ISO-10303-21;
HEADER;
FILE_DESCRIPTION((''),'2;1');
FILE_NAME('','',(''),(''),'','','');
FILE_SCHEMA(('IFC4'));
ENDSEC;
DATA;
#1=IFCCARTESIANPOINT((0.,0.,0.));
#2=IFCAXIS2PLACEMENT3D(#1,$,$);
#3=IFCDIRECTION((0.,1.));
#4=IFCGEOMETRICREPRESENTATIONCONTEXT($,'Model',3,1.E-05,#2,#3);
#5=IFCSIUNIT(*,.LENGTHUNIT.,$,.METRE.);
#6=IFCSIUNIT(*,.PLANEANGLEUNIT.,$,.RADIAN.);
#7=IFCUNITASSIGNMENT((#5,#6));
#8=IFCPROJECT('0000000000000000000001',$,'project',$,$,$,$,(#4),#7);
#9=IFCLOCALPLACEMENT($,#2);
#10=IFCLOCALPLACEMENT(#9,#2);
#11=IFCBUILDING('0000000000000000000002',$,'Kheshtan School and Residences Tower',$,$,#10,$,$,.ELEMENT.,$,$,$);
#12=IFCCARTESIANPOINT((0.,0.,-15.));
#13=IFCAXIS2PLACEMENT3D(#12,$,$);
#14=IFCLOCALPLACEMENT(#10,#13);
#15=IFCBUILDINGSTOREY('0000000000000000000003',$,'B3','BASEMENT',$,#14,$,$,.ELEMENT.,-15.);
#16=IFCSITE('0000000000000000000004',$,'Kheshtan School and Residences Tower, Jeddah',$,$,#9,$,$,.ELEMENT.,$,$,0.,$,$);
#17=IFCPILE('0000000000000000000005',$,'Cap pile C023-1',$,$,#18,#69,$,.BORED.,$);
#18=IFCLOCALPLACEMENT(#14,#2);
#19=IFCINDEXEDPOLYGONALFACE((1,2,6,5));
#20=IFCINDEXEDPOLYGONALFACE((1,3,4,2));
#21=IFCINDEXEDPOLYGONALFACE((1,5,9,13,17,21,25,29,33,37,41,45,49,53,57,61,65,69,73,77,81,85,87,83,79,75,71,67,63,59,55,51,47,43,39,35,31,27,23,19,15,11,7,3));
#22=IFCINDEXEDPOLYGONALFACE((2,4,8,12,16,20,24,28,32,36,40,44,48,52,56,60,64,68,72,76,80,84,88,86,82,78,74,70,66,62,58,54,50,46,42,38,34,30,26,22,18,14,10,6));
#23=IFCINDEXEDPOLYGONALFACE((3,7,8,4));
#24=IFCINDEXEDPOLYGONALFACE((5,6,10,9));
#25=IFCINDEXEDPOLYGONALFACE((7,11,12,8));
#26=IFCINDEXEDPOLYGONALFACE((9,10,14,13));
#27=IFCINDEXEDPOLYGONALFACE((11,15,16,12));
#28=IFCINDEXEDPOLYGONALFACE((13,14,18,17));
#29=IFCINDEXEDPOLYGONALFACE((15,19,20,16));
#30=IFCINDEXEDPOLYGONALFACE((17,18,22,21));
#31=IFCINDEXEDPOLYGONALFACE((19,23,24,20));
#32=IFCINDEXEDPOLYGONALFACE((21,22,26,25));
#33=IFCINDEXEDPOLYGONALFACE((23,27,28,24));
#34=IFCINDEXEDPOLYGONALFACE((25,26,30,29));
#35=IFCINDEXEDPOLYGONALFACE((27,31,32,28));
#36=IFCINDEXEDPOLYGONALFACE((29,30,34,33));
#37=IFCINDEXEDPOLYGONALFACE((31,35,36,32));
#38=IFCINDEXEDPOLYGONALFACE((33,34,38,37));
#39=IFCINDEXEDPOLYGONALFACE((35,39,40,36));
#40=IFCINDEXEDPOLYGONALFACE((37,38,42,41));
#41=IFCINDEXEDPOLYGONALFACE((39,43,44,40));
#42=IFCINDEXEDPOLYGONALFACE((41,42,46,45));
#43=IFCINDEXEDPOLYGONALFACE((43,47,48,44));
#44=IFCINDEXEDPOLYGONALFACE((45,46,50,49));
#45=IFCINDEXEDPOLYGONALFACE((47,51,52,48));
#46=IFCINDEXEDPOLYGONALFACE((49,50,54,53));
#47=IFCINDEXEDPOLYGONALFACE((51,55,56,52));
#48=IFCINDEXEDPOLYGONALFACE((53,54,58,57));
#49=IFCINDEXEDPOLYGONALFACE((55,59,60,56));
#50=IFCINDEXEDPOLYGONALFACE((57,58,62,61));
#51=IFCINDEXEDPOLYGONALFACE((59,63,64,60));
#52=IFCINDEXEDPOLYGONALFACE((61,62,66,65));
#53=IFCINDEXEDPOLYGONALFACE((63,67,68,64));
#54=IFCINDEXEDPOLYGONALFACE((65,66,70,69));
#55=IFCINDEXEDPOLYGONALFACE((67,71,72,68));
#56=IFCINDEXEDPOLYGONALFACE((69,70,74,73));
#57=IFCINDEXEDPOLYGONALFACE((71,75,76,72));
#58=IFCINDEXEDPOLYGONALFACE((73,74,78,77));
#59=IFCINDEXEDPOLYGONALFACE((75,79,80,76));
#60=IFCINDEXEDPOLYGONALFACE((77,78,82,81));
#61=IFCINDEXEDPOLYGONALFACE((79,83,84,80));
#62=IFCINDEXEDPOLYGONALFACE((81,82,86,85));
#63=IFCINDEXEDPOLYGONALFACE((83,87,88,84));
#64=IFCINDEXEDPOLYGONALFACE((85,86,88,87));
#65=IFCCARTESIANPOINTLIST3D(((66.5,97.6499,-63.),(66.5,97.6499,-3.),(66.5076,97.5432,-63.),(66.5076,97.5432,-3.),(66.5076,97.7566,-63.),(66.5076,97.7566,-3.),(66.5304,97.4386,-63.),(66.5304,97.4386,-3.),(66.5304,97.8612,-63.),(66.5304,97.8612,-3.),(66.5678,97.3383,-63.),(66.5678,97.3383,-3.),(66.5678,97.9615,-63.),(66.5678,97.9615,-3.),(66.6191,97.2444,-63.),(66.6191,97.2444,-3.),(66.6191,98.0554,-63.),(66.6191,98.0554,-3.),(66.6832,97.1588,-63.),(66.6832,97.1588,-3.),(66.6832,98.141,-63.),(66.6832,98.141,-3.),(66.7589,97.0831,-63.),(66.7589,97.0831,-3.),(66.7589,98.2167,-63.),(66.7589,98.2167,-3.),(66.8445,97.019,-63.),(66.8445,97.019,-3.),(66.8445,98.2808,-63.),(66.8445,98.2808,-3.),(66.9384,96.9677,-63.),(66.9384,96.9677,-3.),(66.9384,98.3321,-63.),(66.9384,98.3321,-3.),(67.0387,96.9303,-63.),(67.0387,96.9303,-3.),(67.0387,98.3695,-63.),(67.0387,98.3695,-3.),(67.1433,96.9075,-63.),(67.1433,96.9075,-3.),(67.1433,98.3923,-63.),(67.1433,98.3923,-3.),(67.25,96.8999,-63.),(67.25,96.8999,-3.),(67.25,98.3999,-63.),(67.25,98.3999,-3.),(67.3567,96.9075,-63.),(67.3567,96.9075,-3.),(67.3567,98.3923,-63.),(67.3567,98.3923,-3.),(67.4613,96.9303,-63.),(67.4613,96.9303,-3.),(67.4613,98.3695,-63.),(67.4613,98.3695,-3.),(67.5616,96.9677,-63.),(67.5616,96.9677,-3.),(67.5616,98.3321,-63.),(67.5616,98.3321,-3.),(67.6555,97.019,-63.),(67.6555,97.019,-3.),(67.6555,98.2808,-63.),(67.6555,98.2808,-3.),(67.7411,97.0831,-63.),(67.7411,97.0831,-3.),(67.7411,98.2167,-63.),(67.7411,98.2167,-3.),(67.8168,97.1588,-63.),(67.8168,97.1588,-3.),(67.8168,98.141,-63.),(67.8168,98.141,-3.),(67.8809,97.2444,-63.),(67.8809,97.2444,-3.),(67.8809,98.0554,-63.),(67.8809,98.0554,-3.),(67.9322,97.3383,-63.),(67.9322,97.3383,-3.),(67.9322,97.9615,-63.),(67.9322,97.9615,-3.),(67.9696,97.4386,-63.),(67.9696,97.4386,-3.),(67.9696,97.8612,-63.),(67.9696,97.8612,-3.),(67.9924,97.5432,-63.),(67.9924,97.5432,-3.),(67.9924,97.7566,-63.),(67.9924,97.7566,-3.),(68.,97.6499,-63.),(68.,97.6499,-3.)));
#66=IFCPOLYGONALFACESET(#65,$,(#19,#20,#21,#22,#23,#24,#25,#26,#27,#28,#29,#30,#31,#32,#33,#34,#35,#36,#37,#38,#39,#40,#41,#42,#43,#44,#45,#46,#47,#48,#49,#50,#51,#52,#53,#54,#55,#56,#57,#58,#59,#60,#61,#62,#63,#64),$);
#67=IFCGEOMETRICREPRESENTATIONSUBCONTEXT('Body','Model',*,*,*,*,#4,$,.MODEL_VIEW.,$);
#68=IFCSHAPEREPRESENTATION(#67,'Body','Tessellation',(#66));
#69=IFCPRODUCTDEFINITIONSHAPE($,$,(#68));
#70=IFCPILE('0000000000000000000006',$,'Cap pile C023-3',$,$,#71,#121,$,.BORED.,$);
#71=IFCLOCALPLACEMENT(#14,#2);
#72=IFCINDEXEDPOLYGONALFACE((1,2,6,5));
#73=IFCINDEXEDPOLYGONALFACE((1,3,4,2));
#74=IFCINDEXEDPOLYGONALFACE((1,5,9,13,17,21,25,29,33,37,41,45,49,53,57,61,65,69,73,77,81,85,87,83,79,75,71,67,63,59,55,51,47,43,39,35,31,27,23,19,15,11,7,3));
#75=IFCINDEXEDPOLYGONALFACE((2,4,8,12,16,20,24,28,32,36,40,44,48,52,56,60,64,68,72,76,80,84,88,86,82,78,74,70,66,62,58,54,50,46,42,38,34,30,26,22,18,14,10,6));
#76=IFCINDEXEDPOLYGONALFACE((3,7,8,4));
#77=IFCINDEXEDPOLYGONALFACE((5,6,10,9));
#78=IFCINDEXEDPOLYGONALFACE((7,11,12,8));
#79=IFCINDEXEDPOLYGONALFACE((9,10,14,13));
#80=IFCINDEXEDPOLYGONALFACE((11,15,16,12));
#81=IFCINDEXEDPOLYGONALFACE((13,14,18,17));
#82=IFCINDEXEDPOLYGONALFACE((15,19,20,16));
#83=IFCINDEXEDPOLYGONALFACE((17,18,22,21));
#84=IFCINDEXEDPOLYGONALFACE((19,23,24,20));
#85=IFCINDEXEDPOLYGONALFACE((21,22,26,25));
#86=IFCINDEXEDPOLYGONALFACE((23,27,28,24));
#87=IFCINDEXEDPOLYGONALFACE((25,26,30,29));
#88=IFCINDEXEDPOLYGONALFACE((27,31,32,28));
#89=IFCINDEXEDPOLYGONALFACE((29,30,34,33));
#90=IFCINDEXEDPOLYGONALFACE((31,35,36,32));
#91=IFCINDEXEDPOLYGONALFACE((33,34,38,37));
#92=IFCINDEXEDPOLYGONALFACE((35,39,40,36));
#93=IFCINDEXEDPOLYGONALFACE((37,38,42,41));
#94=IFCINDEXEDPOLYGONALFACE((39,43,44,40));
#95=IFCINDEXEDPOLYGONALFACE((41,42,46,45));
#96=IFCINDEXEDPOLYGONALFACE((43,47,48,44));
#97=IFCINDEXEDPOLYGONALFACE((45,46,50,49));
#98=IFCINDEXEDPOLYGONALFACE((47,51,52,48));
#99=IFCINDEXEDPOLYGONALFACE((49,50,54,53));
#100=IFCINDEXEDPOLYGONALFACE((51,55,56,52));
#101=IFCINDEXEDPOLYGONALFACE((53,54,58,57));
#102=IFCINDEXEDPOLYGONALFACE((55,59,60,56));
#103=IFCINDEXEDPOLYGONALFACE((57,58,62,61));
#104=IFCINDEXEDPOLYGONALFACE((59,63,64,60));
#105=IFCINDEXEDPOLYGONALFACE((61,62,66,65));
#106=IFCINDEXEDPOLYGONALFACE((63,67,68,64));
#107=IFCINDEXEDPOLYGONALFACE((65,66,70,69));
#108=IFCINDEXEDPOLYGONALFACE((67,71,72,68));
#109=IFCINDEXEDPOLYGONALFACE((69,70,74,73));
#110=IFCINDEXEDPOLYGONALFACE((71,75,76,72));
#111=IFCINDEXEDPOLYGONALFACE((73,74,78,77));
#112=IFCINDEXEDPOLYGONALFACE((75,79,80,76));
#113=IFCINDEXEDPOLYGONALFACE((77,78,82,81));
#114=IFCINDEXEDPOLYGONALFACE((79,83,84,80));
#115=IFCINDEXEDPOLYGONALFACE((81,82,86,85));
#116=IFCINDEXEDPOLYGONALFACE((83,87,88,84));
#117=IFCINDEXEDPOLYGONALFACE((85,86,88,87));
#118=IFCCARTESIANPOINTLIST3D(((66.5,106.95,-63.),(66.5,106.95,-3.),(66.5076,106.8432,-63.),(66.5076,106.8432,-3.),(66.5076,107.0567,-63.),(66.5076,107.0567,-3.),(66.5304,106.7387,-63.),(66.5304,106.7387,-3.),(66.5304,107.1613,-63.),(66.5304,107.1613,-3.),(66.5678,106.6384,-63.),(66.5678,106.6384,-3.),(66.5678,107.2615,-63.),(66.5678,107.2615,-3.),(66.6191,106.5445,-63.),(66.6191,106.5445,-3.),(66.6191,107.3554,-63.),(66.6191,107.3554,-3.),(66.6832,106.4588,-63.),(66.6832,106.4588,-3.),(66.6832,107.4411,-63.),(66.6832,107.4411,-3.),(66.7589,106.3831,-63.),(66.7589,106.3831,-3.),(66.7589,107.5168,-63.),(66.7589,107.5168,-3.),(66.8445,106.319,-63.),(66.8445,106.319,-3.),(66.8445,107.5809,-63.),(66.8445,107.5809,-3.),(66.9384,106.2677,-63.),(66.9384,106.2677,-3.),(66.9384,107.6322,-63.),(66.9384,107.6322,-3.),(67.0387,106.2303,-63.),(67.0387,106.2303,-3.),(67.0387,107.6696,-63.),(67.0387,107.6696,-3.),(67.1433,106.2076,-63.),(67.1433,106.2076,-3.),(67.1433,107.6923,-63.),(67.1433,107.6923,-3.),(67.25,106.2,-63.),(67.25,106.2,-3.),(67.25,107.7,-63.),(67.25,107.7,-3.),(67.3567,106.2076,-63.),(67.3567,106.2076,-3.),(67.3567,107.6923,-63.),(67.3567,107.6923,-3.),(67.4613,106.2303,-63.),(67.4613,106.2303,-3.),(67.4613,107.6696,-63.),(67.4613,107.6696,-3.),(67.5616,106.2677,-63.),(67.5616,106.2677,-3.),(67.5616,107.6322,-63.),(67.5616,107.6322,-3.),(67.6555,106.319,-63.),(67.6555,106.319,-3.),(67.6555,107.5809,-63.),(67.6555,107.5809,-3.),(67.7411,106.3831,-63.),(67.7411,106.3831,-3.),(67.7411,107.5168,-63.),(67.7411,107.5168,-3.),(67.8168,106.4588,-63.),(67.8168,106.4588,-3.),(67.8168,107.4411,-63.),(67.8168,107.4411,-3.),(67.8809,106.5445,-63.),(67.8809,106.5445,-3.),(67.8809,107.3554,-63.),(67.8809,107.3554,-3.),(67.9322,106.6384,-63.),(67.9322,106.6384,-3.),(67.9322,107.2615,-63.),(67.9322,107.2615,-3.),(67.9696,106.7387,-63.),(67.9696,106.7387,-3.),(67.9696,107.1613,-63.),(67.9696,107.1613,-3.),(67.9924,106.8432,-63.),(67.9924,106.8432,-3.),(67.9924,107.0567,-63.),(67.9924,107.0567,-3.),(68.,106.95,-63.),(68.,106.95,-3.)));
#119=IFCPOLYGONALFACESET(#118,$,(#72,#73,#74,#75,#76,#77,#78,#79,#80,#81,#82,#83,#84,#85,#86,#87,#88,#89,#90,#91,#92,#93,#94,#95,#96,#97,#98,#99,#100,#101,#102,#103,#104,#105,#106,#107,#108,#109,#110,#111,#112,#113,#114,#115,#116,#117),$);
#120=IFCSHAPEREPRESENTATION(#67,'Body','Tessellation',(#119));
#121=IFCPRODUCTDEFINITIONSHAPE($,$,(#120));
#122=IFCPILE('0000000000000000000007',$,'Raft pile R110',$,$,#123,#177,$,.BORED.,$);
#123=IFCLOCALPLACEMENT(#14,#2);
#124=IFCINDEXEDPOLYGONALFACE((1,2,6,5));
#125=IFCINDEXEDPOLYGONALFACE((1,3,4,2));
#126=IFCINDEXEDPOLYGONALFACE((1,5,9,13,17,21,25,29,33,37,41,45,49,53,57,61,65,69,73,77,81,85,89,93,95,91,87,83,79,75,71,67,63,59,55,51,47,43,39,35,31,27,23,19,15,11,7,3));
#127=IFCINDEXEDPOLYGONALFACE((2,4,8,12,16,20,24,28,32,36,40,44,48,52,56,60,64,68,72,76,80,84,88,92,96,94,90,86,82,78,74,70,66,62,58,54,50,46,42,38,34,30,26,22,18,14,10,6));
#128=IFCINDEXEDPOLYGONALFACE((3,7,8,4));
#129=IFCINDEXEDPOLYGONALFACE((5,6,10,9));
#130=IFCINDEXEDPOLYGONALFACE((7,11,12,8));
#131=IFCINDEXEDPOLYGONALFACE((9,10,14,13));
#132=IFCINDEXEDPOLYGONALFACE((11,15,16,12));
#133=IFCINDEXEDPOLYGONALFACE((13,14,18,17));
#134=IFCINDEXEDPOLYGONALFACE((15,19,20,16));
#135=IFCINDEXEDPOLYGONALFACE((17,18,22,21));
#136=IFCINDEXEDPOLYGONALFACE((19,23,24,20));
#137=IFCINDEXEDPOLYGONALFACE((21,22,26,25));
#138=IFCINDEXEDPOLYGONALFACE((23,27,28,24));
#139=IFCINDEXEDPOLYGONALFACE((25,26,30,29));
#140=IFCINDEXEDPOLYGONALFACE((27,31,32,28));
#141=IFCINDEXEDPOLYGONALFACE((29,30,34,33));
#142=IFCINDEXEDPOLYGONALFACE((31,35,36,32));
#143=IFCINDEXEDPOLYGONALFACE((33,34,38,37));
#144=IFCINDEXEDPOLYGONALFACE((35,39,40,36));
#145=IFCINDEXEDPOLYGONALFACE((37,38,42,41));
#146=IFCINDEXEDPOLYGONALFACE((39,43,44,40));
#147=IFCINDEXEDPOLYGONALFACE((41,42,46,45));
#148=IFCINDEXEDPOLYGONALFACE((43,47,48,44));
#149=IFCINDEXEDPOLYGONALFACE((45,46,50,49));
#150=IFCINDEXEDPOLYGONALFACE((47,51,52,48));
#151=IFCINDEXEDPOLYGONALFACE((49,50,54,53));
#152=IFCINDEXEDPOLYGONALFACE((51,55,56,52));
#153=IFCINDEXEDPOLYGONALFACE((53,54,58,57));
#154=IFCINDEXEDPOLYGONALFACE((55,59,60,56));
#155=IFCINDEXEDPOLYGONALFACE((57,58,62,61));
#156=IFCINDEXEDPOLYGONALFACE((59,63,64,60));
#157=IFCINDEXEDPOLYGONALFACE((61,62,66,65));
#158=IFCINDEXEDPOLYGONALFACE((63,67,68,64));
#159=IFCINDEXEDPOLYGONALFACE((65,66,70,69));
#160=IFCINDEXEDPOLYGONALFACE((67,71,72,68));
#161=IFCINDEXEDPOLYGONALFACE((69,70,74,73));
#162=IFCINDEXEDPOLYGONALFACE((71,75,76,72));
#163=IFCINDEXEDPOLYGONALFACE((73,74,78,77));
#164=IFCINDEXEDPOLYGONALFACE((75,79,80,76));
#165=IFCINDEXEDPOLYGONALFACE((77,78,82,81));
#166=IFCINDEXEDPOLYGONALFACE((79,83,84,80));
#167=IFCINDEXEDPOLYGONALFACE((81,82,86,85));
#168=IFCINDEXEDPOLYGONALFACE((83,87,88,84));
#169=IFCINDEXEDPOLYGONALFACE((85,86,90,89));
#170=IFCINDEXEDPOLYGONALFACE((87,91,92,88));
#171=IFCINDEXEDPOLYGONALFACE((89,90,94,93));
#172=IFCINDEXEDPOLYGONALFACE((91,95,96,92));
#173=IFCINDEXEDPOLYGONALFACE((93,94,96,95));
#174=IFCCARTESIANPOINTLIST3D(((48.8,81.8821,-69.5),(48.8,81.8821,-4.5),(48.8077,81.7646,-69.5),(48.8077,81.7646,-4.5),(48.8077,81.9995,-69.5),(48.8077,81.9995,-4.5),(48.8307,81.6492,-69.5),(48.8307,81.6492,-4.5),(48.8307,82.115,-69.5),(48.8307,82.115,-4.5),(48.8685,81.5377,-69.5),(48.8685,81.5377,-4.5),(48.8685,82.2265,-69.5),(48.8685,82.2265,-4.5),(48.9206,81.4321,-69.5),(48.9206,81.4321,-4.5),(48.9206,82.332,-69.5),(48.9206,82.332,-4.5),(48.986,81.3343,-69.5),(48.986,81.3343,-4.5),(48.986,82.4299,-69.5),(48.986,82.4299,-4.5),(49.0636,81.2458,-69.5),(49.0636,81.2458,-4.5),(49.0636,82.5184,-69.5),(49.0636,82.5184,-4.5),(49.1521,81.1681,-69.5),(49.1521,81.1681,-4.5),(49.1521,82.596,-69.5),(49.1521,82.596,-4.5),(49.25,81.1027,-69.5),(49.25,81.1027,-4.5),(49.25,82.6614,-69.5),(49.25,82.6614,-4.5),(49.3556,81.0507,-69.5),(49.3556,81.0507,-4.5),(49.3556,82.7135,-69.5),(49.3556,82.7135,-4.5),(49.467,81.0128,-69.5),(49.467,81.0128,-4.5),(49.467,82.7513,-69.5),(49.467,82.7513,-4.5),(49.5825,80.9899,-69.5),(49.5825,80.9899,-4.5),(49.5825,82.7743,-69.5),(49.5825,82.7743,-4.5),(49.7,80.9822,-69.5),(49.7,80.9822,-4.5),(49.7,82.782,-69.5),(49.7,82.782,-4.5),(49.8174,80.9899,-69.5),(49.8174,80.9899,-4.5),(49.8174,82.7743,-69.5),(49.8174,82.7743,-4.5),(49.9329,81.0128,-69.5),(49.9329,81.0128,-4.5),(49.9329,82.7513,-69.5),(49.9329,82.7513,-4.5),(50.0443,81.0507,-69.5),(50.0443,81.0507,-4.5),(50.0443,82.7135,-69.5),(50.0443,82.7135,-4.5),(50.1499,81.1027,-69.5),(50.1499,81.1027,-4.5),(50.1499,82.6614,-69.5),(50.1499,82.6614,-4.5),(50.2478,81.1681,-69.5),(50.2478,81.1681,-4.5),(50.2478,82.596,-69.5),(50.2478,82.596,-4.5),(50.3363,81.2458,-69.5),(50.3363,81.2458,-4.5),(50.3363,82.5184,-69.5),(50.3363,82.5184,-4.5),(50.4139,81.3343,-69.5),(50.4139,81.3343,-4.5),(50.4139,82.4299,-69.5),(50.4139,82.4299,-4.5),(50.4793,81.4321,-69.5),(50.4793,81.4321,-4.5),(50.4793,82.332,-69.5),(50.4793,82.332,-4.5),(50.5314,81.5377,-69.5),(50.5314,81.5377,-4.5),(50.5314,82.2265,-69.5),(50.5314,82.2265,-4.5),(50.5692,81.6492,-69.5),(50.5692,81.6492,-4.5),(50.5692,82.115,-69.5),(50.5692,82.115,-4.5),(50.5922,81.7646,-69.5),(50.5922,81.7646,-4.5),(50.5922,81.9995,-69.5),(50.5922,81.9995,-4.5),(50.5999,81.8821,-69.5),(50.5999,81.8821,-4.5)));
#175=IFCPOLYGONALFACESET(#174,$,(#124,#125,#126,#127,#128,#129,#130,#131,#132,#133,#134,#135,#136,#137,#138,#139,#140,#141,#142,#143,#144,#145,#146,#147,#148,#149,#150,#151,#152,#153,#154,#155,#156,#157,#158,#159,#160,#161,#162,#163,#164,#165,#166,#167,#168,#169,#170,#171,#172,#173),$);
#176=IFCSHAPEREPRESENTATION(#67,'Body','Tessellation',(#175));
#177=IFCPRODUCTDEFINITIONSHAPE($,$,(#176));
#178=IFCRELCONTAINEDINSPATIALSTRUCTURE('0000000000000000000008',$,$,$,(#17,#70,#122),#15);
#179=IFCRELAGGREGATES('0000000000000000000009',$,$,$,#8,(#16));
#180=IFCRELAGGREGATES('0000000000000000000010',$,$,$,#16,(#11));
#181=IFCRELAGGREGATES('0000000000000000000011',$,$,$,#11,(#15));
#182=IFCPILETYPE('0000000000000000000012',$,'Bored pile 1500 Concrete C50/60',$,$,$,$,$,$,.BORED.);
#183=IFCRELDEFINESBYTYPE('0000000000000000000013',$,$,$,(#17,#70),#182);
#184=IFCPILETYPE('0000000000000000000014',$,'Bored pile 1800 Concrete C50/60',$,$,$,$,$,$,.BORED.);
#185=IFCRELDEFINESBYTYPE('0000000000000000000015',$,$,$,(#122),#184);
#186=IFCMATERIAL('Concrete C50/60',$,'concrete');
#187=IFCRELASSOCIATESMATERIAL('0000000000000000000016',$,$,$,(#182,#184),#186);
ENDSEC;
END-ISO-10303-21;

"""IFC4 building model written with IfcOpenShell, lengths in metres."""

from ifc_helpers import new_model, si_unit, direction, frame, origin, origin_2d, place, context, subcontext, project, spatial, circle, extrude, material, material_profile, profile_set, type_object, element, save


model = new_model("IFC4")

# Units and contexts
model_context = context("Model", 3, precision=1e-05, world=origin(), true_north=direction((0.0, 1.0)))
body_context = subcontext(model_context, "Body", "Model", "MODEL_VIEW")
ifc_project = project(units=[si_unit("LENGTHUNIT", "METRE"), si_unit("PLANEANGLEUNIT", "RADIAN")], contexts=[model_context])

# Site, building, storey
site_placement = place(None, origin())
site = spatial("IfcSite", under=ifc_project, at=site_placement, Name="Kheshtan School and Residences Tower, Jeddah", CompositionType="ELEMENT", RefElevation=0.0)
building_placement = place(site_placement, origin())
building = spatial("IfcBuilding", under=site, at=building_placement, Name="Kheshtan School and Residences Tower", CompositionType="ELEMENT")
storey_placement = place(building_placement, frame((0.0, 0.0, -15.0)))
storey = spatial("IfcBuildingStorey", under=building, at=storey_placement, Name="B3", Description="BASEMENT", CompositionType="ELEMENT", Elevation=-15.0)

# Piles
ifc_material_1 = material(Name="Concrete C50/60", Category="concrete")
ifc_material_profile_1 = material_profile(ifc_material_1, circle(Radius=0.75, at=origin_2d()), Name="BP 1500")
ifc_profile_set_1 = profile_set([ifc_material_profile_1], Name="Concrete C50/60")
pile_type_1 = type_object("IfcPileType", Name="Bored pile 1500 Concrete C50/60", PredefinedType="BORED", material=ifc_profile_set_1)
for number, where, z_axis, x_axis, name in (
    (1, (67.25, 97.6499, -3.0), (0.0, 0.0, -1.0), (1.0, 0.0, 0.0), "Cap pile C023-1"),
    (2, (67.25, 106.95, -3.0), (0.0, 0.0, -1.0), (1.0, 0.0, 0.0), "Cap pile C023-3"),
):
    element("IfcPile", number, at=place(storey_placement, frame(where, z_axis=z_axis, x_axis=x_axis)), inside=storey, type_object=pile_type_1, Name=name, PredefinedType="BORED", context=body_context, shape_type="SweptSolid", body=[
        extrude(circle(Radius=0.75, at=origin_2d()), origin(), (0.0, 0.0, 1.0), 60.0),
    ])
ifc_material_profile_2 = material_profile(ifc_material_1, circle(Radius=0.8999, at=origin_2d()), Name="BP 1800")
ifc_profile_set_2 = profile_set([ifc_material_profile_2], Name="Concrete C50/60")
pile_type_2 = type_object("IfcPileType", Name="Bored pile 1800 Concrete C50/60", PredefinedType="BORED", material=ifc_profile_set_2)
for number, where, z_axis, x_axis, name in (
    (3, (49.7, 81.8821, -4.5), (0.0, 0.0, -1.0), (1.0, 0.0, 0.0), "Raft pile R110"),
):
    element("IfcPile", number, at=place(storey_placement, frame(where, z_axis=z_axis, x_axis=x_axis)), inside=storey, type_object=pile_type_2, Name=name, PredefinedType="BORED", context=body_context, shape_type="SweptSolid", body=[
        extrude(circle(Radius=0.8999, at=origin_2d()), origin(), (0.0, 0.0, 1.0), 65.0),
    ])

save(model, "model.ifc")
